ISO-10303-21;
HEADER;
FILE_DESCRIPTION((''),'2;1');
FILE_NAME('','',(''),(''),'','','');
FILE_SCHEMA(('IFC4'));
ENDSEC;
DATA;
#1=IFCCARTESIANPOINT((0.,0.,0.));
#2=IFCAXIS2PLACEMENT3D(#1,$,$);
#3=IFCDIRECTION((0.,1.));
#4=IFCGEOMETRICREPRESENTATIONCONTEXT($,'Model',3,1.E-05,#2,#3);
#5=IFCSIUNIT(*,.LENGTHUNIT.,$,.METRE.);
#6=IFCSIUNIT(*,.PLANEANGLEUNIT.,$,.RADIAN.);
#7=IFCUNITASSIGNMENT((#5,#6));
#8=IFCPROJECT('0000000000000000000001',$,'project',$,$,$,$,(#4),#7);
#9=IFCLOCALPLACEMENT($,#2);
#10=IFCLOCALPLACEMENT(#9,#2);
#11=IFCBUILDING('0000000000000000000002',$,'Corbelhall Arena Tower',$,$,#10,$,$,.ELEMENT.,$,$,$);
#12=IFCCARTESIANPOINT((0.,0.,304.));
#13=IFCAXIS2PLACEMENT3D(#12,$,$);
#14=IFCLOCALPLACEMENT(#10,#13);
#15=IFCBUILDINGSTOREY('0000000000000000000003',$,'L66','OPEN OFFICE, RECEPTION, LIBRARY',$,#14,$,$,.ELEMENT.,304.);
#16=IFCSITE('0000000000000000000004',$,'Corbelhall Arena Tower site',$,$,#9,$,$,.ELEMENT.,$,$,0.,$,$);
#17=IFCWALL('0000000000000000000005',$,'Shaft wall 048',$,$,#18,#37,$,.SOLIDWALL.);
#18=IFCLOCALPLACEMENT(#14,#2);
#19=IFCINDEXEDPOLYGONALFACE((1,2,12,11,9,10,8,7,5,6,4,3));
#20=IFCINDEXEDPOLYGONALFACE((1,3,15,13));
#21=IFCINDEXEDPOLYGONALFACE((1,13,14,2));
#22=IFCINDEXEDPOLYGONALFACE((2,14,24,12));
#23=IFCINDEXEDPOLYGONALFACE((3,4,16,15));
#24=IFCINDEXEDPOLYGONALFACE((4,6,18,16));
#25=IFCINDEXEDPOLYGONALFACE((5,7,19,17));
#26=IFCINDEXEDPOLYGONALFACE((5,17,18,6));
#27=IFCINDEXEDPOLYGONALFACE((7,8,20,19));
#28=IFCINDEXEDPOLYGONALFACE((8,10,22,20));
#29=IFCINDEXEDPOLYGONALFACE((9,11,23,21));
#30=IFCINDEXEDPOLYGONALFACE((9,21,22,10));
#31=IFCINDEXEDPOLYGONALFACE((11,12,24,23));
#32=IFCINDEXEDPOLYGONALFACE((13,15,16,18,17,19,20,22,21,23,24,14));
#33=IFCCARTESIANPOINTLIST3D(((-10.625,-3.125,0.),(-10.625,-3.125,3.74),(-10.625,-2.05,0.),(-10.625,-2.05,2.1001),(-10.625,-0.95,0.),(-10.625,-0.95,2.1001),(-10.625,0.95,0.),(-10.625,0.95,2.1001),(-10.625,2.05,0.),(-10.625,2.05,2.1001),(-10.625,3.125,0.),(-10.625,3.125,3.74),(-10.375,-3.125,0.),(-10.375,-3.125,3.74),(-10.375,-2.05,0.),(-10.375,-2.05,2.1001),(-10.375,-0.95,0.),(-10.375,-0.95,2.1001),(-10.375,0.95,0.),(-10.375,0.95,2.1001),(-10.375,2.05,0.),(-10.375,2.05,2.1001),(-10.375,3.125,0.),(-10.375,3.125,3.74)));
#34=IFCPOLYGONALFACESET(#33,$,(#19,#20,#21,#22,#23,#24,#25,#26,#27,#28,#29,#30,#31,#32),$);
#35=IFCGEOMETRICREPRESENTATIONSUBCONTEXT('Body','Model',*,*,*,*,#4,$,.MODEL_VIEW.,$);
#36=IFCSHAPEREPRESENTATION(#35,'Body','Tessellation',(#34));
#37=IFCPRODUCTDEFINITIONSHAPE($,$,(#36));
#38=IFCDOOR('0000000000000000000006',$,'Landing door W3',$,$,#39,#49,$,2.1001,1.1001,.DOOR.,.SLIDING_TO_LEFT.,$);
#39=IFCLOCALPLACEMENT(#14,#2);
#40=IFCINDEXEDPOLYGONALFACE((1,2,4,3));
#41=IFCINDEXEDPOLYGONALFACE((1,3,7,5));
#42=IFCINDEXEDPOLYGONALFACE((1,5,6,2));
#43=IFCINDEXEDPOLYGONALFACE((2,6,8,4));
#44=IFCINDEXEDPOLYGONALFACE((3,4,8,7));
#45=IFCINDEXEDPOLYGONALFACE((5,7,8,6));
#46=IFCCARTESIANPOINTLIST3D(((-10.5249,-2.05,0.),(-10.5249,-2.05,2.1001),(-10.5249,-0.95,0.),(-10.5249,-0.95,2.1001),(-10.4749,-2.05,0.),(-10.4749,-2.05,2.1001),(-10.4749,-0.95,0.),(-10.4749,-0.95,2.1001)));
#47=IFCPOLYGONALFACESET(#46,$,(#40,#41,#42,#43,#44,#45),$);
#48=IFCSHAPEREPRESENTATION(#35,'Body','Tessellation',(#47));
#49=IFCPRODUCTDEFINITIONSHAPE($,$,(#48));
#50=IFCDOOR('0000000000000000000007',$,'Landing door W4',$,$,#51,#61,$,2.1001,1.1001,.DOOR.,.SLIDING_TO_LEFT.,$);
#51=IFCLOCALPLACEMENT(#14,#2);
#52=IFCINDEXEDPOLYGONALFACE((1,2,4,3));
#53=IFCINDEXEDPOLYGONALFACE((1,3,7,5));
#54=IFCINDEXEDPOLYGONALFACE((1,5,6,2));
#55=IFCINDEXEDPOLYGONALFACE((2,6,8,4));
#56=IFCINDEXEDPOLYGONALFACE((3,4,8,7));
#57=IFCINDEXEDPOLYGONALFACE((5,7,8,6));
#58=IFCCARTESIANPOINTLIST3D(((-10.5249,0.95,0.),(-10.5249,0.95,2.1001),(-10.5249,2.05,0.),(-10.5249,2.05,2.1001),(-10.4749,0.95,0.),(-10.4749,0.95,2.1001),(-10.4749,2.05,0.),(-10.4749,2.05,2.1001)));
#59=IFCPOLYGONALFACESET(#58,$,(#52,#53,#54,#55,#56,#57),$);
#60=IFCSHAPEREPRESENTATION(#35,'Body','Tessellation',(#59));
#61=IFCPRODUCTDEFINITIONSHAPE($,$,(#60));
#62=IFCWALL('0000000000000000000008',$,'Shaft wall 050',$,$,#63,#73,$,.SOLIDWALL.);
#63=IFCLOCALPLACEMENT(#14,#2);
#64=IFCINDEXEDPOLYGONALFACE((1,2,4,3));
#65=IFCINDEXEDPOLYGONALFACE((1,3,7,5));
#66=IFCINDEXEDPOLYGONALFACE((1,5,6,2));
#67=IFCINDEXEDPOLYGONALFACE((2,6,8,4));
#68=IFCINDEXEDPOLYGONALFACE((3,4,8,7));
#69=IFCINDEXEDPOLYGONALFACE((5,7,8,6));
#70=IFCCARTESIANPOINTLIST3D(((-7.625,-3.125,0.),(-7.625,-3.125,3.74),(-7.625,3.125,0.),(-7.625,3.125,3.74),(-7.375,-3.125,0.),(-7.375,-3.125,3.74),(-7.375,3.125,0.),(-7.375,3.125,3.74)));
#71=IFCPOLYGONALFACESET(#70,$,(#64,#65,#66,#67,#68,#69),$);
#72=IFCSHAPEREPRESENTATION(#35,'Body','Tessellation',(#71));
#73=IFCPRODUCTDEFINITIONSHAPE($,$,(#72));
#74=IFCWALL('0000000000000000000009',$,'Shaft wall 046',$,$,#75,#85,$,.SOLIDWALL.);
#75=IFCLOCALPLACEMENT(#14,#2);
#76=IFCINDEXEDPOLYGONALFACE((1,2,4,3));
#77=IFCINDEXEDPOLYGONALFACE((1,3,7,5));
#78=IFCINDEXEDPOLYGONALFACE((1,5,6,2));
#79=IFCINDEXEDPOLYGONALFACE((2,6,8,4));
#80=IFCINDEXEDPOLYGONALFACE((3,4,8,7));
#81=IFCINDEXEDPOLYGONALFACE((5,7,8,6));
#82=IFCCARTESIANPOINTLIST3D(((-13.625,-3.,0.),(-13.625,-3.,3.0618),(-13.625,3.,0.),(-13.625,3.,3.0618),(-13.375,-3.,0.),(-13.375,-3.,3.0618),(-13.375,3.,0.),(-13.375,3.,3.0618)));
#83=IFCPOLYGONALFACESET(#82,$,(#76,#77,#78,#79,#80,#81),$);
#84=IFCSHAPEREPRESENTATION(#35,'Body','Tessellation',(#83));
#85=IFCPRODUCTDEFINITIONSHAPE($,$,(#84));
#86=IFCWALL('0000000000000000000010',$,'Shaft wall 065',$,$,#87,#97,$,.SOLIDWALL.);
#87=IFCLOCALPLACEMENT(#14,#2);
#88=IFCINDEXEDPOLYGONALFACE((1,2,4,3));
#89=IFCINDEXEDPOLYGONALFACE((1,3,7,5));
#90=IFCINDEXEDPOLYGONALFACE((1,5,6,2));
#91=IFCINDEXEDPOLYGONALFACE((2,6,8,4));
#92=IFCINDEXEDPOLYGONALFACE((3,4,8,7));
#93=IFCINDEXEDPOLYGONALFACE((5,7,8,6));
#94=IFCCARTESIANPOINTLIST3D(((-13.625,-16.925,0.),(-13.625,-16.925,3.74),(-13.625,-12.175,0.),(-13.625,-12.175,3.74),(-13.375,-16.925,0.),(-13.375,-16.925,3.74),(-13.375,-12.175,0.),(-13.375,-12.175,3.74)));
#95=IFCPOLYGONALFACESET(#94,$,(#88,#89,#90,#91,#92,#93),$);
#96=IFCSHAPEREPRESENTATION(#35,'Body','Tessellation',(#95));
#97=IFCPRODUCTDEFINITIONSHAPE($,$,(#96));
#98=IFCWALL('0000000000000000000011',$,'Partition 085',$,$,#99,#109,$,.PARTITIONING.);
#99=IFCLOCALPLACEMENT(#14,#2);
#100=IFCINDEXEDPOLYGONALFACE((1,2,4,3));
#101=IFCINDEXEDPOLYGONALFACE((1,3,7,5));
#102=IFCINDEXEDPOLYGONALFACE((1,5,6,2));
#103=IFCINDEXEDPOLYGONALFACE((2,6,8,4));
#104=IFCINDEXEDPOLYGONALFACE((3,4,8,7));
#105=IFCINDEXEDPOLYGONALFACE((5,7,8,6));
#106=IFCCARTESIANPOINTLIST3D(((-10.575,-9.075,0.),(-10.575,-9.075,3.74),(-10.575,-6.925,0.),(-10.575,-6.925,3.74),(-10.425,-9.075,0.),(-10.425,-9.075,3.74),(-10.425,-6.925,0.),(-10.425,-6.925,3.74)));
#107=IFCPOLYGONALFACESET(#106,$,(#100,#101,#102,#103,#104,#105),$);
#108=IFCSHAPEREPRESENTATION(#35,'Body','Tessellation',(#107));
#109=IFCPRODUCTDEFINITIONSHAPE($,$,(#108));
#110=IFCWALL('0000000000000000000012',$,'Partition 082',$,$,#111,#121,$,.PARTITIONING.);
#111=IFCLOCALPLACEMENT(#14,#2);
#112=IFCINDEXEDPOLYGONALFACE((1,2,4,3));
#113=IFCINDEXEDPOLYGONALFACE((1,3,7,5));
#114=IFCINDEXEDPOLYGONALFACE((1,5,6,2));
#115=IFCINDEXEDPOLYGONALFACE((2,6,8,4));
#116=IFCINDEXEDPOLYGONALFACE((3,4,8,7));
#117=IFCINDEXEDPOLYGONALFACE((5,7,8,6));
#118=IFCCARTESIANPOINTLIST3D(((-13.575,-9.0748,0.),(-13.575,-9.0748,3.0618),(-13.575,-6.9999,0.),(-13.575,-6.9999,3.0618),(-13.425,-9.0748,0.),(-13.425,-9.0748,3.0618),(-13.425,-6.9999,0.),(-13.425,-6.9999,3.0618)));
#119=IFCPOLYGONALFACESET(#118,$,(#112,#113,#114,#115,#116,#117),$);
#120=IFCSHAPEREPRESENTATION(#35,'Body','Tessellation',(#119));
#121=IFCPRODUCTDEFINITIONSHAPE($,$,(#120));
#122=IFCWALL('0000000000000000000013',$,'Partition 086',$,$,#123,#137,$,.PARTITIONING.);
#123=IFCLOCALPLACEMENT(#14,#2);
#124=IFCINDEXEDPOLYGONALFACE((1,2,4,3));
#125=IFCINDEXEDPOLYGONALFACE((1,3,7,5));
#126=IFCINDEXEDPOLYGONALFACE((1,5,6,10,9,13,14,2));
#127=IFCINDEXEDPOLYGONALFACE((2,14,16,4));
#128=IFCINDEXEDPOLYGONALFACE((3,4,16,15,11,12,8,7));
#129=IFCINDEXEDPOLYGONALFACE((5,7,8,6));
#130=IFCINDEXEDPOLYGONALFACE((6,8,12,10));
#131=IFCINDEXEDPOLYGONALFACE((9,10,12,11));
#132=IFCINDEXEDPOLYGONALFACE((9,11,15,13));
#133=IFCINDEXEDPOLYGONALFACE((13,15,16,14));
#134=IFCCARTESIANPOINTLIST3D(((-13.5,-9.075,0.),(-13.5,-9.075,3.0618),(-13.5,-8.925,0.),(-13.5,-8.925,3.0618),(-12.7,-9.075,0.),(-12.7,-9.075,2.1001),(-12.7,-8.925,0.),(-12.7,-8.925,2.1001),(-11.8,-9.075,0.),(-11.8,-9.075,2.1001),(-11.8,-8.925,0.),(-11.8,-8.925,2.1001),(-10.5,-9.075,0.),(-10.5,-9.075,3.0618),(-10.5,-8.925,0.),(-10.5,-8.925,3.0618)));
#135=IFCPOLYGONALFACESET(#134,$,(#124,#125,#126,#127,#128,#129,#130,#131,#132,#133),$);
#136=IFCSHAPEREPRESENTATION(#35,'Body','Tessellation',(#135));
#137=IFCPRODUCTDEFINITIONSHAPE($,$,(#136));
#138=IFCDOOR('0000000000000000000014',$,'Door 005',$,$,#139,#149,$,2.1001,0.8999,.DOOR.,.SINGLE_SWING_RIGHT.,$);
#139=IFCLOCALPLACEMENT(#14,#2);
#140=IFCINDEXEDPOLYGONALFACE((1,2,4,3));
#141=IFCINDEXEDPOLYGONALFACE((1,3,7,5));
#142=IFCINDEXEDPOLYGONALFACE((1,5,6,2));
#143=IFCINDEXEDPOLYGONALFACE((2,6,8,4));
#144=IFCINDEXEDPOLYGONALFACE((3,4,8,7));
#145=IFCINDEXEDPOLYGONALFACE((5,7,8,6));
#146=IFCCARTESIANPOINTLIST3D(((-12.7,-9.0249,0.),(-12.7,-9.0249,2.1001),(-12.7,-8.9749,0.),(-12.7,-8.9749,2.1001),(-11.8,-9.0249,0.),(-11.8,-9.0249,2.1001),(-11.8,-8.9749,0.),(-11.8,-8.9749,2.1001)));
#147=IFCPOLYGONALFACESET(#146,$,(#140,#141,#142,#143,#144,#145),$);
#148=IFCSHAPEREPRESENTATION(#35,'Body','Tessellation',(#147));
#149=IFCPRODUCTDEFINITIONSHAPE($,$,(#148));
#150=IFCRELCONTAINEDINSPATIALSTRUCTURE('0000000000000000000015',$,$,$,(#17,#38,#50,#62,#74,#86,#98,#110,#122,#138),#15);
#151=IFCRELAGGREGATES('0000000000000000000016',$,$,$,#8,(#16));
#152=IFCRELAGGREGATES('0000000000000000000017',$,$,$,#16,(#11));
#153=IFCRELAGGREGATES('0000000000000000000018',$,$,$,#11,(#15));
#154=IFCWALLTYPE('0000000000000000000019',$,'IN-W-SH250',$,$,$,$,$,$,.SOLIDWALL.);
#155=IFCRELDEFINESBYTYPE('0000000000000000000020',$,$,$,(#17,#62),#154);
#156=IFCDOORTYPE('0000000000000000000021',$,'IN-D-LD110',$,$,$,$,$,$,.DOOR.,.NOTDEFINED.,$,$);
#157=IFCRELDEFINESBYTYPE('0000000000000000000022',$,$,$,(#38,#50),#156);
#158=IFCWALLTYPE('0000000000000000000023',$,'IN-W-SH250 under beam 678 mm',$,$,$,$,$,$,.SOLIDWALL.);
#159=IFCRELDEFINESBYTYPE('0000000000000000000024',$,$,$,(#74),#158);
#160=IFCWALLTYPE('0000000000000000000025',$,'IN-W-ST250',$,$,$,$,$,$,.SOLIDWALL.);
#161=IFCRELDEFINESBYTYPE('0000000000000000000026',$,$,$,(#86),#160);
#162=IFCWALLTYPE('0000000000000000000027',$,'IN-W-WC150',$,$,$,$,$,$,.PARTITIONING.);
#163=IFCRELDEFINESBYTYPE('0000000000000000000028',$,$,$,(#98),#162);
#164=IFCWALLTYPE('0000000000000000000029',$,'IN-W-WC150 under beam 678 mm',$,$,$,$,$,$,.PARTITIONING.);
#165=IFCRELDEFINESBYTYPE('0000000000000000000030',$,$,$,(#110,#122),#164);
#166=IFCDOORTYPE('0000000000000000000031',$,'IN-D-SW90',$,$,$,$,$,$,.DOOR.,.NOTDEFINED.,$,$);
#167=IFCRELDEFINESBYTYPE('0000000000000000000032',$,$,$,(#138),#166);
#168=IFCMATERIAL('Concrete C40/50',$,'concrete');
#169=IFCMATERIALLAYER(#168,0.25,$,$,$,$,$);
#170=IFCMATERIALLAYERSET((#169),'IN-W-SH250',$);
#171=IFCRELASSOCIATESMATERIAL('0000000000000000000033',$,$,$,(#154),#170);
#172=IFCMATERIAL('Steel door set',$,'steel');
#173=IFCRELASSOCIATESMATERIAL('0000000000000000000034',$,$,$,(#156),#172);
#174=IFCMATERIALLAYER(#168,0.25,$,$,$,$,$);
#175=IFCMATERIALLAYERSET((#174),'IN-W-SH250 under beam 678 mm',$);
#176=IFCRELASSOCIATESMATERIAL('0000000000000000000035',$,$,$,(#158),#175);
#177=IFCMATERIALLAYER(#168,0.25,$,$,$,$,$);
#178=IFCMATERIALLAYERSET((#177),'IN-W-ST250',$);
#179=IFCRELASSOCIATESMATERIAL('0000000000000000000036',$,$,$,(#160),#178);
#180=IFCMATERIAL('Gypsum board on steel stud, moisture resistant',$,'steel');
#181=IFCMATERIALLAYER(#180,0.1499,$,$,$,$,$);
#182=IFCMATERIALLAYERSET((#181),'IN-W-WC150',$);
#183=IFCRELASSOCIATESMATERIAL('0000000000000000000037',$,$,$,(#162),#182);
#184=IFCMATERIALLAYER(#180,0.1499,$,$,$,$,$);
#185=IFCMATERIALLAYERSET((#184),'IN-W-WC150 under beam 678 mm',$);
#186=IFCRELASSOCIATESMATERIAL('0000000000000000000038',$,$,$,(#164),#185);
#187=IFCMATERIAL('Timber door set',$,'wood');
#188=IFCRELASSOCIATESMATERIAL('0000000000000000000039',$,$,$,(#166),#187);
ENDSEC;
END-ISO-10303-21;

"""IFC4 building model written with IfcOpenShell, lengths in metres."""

from ifc_helpers import new_model, si_unit, direction, frame, frame_2d, origin, place, context, subcontext, project, spatial, rectangle, extrude, material, layer, layer_set, type_object, element, fill, save


model = new_model("IFC4")

# Units and contexts
model_context = context("Model", 3, precision=1e-05, world=origin(), true_north=direction((0.0, 1.0)))
body_context = subcontext(model_context, "Body", "Model", "MODEL_VIEW")
ifc_project = project(units=[si_unit("LENGTHUNIT", "METRE"), si_unit("PLANEANGLEUNIT", "RADIAN")], contexts=[model_context])

# Site, building, storey
site_placement = place(None, origin())
site = spatial("IfcSite", under=ifc_project, at=site_placement, Name="Corbelhall Arena Tower site", CompositionType="ELEMENT", RefElevation=0.0)
building_placement = place(site_placement, origin())
building = spatial("IfcBuilding", under=site, at=building_placement, Name="Corbelhall Arena Tower", CompositionType="ELEMENT")
storey_placement = place(building_placement, frame((0.0, 0.0, 304.0)))
storey = spatial("IfcBuildingStorey", under=building, at=storey_placement, Name="L66", Description="OPEN OFFICE, RECEPTION, LIBRARY", CompositionType="ELEMENT", Elevation=304.0)

# Shared definitions
ifc_material_1 = material(Name="Steel door set", Category="steel")

# Wall, openings, doors
ifc_material_2 = material(Name="Concrete C40/50", Category="concrete")
ifc_layer_1 = layer(ifc_material_2, 0.25)
ifc_layer_set_1 = layer_set([ifc_layer_1], Name="IN-W-SH250")
wall_type_1 = type_object("IfcWallType", Name="IN-W-SH250", PredefinedType="SOLIDWALL", material=ifc_layer_set_1)
wall_1_placement = place(storey_placement, frame((-10.5, -3.125, 0.0), z_axis=(0.0, 0.0, 1.0), x_axis=(0.0, 1.0, 0.0)))
wall_1 = element("IfcWall", 1, at=wall_1_placement, inside=storey, type_object=wall_type_1, Name="Shaft wall 048", PredefinedType="SOLIDWALL", context=body_context, shape_type="SweptSolid", body=[
    extrude(rectangle(XDim=6.25, YDim=0.25, at=frame_2d((3.125, 0.0))), origin(), (0.0, 0.0, 1.0), 3.74),
])
opening_1_placement = place(wall_1_placement, frame((1.075, 0.0, 0.0)))
opening_1 = element("IfcOpeningElement", 2, at=opening_1_placement, cuts=wall_1, PredefinedType="OPENING", context=body_context, shape_type="SweptSolid", body=[
    extrude(rectangle(XDim=1.1001, YDim=2.1001, at=frame_2d((0.55, 1.05))), frame((0.0, 0.125, 0.0), z_axis=(0.0, -1.0, 0.0), x_axis=(1.0, 0.0, 0.0)), (0.0, 0.0, 1.0), 0.25),
])
opening_2_placement = place(wall_1_placement, frame((4.075, 0.0, 0.0)))
opening_2 = element("IfcOpeningElement", 3, at=opening_2_placement, cuts=wall_1, PredefinedType="OPENING", context=body_context, shape_type="SweptSolid", body=[
    extrude(rectangle(XDim=1.1001, YDim=2.1001, at=frame_2d((0.55, 1.05))), frame((0.0, 0.125, 0.0), z_axis=(0.0, -1.0, 0.0), x_axis=(1.0, 0.0, 0.0)), (0.0, 0.0, 1.0), 0.25),
])
door_type_1 = type_object("IfcDoorType", Name="IN-D-LD110", OperationType="NOTDEFINED", PredefinedType="DOOR", material=ifc_material_1)
door_1_placement = place(opening_1_placement, origin())
door_1 = element("IfcDoor", 4, at=door_1_placement, inside=storey, type_object=door_type_1, Name="Landing door W3", OperationType="SLIDING_TO_LEFT", OverallHeight=2.1001, OverallWidth=1.1001, PredefinedType="DOOR", context=body_context, shape_type="SweptSolid", body=[
    extrude(rectangle(XDim=1.1001, YDim=2.1001, at=frame_2d((0.55, 1.05))), frame((0.0, 0.0249, 0.0), z_axis=(0.0, -1.0, 0.0), x_axis=(1.0, 0.0, 0.0)), (0.0, 0.0, 1.0), 0.05),
])
fill(opening_1, door_1)
door_2_placement = place(opening_2_placement, origin())
door_2 = element("IfcDoor", 5, at=door_2_placement, inside=storey, type_object=door_type_1, Name="Landing door W4", OperationType="SLIDING_TO_LEFT", OverallHeight=2.1001, OverallWidth=1.1001, PredefinedType="DOOR", context=body_context, shape_type="SweptSolid", body=[
    extrude(rectangle(XDim=1.1001, YDim=2.1001, at=frame_2d((0.55, 1.05))), frame((0.0, 0.0249, 0.0), z_axis=(0.0, -1.0, 0.0), x_axis=(1.0, 0.0, 0.0)), (0.0, 0.0, 1.0), 0.05),
])
fill(opening_2, door_2)

# Walls
wall_2_placement = place(storey_placement, frame((-7.5, -3.125, 0.0), z_axis=(0.0, 0.0, 1.0), x_axis=(0.0, 1.0, 0.0)))
element("IfcWall", 6, at=wall_2_placement, inside=storey, type_object=wall_type_1, Name="Shaft wall 050", PredefinedType="SOLIDWALL", context=body_context, shape_type="SweptSolid", body=[
    extrude(rectangle(XDim=6.25, YDim=0.25, at=frame_2d((3.125, 0.0))), origin(), (0.0, 0.0, 1.0), 3.74),
])
ifc_layer_2 = layer(ifc_material_2, 0.25)
ifc_layer_set_2 = layer_set([ifc_layer_2], Name="IN-W-SH250 under beam 678 mm")
wall_type_2 = type_object("IfcWallType", Name="IN-W-SH250 under beam 678 mm", PredefinedType="SOLIDWALL", material=ifc_layer_set_2)
wall_3_placement = place(storey_placement, frame((-13.5, -3.0, 0.0), z_axis=(0.0, 0.0, 1.0), x_axis=(0.0, 1.0, 0.0)))
element("IfcWall", 7, at=wall_3_placement, inside=storey, type_object=wall_type_2, Name="Shaft wall 046", PredefinedType="SOLIDWALL", context=body_context, shape_type="SweptSolid", body=[
    extrude(rectangle(XDim=6.0, YDim=0.25, at=frame_2d((3.0, 0.0))), origin(), (0.0, 0.0, 1.0), 3.0618),
])
ifc_layer_3 = layer(ifc_material_2, 0.25)
ifc_layer_set_3 = layer_set([ifc_layer_3], Name="IN-W-ST250")
wall_type_3 = type_object("IfcWallType", Name="IN-W-ST250", PredefinedType="SOLIDWALL", material=ifc_layer_set_3)
wall_4_placement = place(storey_placement, frame((-13.5, -12.175, 0.0), z_axis=(0.0, 0.0, 1.0), x_axis=(0.0, -1.0, 0.0)))
element("IfcWall", 8, at=wall_4_placement, inside=storey, type_object=wall_type_3, Name="Shaft wall 065", PredefinedType="SOLIDWALL", context=body_context, shape_type="SweptSolid", body=[
    extrude(rectangle(XDim=4.75, YDim=0.25, at=frame_2d((2.375, 0.0))), origin(), (0.0, 0.0, 1.0), 3.74),
])
ifc_material_3 = material(Name="Gypsum board on steel stud, moisture resistant", Category="steel")
ifc_layer_4 = layer(ifc_material_3, 0.1499)
ifc_layer_set_4 = layer_set([ifc_layer_4], Name="IN-W-WC150")
wall_type_4 = type_object("IfcWallType", Name="IN-W-WC150", PredefinedType="PARTITIONING", material=ifc_layer_set_4)
wall_5_placement = place(storey_placement, frame((-10.5, -9.075, 0.0), z_axis=(0.0, 0.0, 1.0), x_axis=(0.0, 1.0, 0.0)))
element("IfcWall", 9, at=wall_5_placement, inside=storey, type_object=wall_type_4, Name="Partition 085", PredefinedType="PARTITIONING", context=body_context, shape_type="SweptSolid", body=[
    extrude(rectangle(XDim=2.1499, YDim=0.1499, at=frame_2d((1.075, 0.0))), origin(), (0.0, 0.0, 1.0), 3.74),
])
ifc_layer_5 = layer(ifc_material_3, 0.1499)
ifc_layer_set_5 = layer_set([ifc_layer_5], Name="IN-W-WC150 under beam 678 mm")
wall_type_5 = type_object("IfcWallType", Name="IN-W-WC150 under beam 678 mm", PredefinedType="PARTITIONING", material=ifc_layer_set_5)
wall_6_placement = place(storey_placement, frame((-13.5, -9.075, 0.0), z_axis=(0.0, 0.0, 1.0), x_axis=(0.0, 1.0, 0.0)))
element("IfcWall", 10, at=wall_6_placement, inside=storey, type_object=wall_type_5, Name="Partition 082", PredefinedType="PARTITIONING", context=body_context, shape_type="SweptSolid", body=[
    extrude(rectangle(XDim=2.075, YDim=0.1499, at=frame_2d((1.0376, 0.0))), origin(), (0.0, 0.0, 1.0), 3.0618),
])

# Wall, opening, door
wall_7_placement = place(storey_placement, frame((-10.5, -9.0, 0.0), z_axis=(0.0, 0.0, 1.0), x_axis=(-1.0, 0.0, 0.0)))
wall_7 = element("IfcWall", 11, at=wall_7_placement, inside=storey, type_object=wall_type_5, Name="Partition 086", PredefinedType="PARTITIONING", context=body_context, shape_type="SweptSolid", body=[
    extrude(rectangle(XDim=3.0, YDim=0.1499, at=frame_2d((1.5, 0.0))), origin(), (0.0, 0.0, 1.0), 3.0618),
])
opening_3_placement = place(wall_7_placement, frame((1.3, 0.0, 0.0)))
opening_3 = element("IfcOpeningElement", 12, at=opening_3_placement, cuts=wall_7, PredefinedType="OPENING", context=body_context, shape_type="SweptSolid", body=[
    extrude(rectangle(XDim=0.8999, YDim=2.1001, at=frame_2d((0.45, 1.05))), frame((0.0, 0.075, 0.0), z_axis=(0.0, -1.0, 0.0), x_axis=(1.0, 0.0, 0.0)), (0.0, 0.0, 1.0), 0.1499),
])
ifc_material_4 = material(Name="Timber door set", Category="wood")
door_type_2 = type_object("IfcDoorType", Name="IN-D-SW90", OperationType="NOTDEFINED", PredefinedType="DOOR", material=ifc_material_4)
door_3_placement = place(opening_3_placement, origin())
door_3 = element("IfcDoor", 13, at=door_3_placement, inside=storey, type_object=door_type_2, Name="Door 005", OperationType="SINGLE_SWING_RIGHT", OverallHeight=2.1001, OverallWidth=0.8999, PredefinedType="DOOR", context=body_context, shape_type="SweptSolid", body=[
    extrude(rectangle(XDim=0.8999, YDim=2.1001, at=frame_2d((0.45, 1.05))), frame((0.0, 0.0249, 0.0), z_axis=(0.0, -1.0, 0.0), x_axis=(1.0, 0.0, 0.0)), (0.0, 0.0, 1.0), 0.05),
])
fill(opening_3, door_3)

save(model, "model.ifc")
